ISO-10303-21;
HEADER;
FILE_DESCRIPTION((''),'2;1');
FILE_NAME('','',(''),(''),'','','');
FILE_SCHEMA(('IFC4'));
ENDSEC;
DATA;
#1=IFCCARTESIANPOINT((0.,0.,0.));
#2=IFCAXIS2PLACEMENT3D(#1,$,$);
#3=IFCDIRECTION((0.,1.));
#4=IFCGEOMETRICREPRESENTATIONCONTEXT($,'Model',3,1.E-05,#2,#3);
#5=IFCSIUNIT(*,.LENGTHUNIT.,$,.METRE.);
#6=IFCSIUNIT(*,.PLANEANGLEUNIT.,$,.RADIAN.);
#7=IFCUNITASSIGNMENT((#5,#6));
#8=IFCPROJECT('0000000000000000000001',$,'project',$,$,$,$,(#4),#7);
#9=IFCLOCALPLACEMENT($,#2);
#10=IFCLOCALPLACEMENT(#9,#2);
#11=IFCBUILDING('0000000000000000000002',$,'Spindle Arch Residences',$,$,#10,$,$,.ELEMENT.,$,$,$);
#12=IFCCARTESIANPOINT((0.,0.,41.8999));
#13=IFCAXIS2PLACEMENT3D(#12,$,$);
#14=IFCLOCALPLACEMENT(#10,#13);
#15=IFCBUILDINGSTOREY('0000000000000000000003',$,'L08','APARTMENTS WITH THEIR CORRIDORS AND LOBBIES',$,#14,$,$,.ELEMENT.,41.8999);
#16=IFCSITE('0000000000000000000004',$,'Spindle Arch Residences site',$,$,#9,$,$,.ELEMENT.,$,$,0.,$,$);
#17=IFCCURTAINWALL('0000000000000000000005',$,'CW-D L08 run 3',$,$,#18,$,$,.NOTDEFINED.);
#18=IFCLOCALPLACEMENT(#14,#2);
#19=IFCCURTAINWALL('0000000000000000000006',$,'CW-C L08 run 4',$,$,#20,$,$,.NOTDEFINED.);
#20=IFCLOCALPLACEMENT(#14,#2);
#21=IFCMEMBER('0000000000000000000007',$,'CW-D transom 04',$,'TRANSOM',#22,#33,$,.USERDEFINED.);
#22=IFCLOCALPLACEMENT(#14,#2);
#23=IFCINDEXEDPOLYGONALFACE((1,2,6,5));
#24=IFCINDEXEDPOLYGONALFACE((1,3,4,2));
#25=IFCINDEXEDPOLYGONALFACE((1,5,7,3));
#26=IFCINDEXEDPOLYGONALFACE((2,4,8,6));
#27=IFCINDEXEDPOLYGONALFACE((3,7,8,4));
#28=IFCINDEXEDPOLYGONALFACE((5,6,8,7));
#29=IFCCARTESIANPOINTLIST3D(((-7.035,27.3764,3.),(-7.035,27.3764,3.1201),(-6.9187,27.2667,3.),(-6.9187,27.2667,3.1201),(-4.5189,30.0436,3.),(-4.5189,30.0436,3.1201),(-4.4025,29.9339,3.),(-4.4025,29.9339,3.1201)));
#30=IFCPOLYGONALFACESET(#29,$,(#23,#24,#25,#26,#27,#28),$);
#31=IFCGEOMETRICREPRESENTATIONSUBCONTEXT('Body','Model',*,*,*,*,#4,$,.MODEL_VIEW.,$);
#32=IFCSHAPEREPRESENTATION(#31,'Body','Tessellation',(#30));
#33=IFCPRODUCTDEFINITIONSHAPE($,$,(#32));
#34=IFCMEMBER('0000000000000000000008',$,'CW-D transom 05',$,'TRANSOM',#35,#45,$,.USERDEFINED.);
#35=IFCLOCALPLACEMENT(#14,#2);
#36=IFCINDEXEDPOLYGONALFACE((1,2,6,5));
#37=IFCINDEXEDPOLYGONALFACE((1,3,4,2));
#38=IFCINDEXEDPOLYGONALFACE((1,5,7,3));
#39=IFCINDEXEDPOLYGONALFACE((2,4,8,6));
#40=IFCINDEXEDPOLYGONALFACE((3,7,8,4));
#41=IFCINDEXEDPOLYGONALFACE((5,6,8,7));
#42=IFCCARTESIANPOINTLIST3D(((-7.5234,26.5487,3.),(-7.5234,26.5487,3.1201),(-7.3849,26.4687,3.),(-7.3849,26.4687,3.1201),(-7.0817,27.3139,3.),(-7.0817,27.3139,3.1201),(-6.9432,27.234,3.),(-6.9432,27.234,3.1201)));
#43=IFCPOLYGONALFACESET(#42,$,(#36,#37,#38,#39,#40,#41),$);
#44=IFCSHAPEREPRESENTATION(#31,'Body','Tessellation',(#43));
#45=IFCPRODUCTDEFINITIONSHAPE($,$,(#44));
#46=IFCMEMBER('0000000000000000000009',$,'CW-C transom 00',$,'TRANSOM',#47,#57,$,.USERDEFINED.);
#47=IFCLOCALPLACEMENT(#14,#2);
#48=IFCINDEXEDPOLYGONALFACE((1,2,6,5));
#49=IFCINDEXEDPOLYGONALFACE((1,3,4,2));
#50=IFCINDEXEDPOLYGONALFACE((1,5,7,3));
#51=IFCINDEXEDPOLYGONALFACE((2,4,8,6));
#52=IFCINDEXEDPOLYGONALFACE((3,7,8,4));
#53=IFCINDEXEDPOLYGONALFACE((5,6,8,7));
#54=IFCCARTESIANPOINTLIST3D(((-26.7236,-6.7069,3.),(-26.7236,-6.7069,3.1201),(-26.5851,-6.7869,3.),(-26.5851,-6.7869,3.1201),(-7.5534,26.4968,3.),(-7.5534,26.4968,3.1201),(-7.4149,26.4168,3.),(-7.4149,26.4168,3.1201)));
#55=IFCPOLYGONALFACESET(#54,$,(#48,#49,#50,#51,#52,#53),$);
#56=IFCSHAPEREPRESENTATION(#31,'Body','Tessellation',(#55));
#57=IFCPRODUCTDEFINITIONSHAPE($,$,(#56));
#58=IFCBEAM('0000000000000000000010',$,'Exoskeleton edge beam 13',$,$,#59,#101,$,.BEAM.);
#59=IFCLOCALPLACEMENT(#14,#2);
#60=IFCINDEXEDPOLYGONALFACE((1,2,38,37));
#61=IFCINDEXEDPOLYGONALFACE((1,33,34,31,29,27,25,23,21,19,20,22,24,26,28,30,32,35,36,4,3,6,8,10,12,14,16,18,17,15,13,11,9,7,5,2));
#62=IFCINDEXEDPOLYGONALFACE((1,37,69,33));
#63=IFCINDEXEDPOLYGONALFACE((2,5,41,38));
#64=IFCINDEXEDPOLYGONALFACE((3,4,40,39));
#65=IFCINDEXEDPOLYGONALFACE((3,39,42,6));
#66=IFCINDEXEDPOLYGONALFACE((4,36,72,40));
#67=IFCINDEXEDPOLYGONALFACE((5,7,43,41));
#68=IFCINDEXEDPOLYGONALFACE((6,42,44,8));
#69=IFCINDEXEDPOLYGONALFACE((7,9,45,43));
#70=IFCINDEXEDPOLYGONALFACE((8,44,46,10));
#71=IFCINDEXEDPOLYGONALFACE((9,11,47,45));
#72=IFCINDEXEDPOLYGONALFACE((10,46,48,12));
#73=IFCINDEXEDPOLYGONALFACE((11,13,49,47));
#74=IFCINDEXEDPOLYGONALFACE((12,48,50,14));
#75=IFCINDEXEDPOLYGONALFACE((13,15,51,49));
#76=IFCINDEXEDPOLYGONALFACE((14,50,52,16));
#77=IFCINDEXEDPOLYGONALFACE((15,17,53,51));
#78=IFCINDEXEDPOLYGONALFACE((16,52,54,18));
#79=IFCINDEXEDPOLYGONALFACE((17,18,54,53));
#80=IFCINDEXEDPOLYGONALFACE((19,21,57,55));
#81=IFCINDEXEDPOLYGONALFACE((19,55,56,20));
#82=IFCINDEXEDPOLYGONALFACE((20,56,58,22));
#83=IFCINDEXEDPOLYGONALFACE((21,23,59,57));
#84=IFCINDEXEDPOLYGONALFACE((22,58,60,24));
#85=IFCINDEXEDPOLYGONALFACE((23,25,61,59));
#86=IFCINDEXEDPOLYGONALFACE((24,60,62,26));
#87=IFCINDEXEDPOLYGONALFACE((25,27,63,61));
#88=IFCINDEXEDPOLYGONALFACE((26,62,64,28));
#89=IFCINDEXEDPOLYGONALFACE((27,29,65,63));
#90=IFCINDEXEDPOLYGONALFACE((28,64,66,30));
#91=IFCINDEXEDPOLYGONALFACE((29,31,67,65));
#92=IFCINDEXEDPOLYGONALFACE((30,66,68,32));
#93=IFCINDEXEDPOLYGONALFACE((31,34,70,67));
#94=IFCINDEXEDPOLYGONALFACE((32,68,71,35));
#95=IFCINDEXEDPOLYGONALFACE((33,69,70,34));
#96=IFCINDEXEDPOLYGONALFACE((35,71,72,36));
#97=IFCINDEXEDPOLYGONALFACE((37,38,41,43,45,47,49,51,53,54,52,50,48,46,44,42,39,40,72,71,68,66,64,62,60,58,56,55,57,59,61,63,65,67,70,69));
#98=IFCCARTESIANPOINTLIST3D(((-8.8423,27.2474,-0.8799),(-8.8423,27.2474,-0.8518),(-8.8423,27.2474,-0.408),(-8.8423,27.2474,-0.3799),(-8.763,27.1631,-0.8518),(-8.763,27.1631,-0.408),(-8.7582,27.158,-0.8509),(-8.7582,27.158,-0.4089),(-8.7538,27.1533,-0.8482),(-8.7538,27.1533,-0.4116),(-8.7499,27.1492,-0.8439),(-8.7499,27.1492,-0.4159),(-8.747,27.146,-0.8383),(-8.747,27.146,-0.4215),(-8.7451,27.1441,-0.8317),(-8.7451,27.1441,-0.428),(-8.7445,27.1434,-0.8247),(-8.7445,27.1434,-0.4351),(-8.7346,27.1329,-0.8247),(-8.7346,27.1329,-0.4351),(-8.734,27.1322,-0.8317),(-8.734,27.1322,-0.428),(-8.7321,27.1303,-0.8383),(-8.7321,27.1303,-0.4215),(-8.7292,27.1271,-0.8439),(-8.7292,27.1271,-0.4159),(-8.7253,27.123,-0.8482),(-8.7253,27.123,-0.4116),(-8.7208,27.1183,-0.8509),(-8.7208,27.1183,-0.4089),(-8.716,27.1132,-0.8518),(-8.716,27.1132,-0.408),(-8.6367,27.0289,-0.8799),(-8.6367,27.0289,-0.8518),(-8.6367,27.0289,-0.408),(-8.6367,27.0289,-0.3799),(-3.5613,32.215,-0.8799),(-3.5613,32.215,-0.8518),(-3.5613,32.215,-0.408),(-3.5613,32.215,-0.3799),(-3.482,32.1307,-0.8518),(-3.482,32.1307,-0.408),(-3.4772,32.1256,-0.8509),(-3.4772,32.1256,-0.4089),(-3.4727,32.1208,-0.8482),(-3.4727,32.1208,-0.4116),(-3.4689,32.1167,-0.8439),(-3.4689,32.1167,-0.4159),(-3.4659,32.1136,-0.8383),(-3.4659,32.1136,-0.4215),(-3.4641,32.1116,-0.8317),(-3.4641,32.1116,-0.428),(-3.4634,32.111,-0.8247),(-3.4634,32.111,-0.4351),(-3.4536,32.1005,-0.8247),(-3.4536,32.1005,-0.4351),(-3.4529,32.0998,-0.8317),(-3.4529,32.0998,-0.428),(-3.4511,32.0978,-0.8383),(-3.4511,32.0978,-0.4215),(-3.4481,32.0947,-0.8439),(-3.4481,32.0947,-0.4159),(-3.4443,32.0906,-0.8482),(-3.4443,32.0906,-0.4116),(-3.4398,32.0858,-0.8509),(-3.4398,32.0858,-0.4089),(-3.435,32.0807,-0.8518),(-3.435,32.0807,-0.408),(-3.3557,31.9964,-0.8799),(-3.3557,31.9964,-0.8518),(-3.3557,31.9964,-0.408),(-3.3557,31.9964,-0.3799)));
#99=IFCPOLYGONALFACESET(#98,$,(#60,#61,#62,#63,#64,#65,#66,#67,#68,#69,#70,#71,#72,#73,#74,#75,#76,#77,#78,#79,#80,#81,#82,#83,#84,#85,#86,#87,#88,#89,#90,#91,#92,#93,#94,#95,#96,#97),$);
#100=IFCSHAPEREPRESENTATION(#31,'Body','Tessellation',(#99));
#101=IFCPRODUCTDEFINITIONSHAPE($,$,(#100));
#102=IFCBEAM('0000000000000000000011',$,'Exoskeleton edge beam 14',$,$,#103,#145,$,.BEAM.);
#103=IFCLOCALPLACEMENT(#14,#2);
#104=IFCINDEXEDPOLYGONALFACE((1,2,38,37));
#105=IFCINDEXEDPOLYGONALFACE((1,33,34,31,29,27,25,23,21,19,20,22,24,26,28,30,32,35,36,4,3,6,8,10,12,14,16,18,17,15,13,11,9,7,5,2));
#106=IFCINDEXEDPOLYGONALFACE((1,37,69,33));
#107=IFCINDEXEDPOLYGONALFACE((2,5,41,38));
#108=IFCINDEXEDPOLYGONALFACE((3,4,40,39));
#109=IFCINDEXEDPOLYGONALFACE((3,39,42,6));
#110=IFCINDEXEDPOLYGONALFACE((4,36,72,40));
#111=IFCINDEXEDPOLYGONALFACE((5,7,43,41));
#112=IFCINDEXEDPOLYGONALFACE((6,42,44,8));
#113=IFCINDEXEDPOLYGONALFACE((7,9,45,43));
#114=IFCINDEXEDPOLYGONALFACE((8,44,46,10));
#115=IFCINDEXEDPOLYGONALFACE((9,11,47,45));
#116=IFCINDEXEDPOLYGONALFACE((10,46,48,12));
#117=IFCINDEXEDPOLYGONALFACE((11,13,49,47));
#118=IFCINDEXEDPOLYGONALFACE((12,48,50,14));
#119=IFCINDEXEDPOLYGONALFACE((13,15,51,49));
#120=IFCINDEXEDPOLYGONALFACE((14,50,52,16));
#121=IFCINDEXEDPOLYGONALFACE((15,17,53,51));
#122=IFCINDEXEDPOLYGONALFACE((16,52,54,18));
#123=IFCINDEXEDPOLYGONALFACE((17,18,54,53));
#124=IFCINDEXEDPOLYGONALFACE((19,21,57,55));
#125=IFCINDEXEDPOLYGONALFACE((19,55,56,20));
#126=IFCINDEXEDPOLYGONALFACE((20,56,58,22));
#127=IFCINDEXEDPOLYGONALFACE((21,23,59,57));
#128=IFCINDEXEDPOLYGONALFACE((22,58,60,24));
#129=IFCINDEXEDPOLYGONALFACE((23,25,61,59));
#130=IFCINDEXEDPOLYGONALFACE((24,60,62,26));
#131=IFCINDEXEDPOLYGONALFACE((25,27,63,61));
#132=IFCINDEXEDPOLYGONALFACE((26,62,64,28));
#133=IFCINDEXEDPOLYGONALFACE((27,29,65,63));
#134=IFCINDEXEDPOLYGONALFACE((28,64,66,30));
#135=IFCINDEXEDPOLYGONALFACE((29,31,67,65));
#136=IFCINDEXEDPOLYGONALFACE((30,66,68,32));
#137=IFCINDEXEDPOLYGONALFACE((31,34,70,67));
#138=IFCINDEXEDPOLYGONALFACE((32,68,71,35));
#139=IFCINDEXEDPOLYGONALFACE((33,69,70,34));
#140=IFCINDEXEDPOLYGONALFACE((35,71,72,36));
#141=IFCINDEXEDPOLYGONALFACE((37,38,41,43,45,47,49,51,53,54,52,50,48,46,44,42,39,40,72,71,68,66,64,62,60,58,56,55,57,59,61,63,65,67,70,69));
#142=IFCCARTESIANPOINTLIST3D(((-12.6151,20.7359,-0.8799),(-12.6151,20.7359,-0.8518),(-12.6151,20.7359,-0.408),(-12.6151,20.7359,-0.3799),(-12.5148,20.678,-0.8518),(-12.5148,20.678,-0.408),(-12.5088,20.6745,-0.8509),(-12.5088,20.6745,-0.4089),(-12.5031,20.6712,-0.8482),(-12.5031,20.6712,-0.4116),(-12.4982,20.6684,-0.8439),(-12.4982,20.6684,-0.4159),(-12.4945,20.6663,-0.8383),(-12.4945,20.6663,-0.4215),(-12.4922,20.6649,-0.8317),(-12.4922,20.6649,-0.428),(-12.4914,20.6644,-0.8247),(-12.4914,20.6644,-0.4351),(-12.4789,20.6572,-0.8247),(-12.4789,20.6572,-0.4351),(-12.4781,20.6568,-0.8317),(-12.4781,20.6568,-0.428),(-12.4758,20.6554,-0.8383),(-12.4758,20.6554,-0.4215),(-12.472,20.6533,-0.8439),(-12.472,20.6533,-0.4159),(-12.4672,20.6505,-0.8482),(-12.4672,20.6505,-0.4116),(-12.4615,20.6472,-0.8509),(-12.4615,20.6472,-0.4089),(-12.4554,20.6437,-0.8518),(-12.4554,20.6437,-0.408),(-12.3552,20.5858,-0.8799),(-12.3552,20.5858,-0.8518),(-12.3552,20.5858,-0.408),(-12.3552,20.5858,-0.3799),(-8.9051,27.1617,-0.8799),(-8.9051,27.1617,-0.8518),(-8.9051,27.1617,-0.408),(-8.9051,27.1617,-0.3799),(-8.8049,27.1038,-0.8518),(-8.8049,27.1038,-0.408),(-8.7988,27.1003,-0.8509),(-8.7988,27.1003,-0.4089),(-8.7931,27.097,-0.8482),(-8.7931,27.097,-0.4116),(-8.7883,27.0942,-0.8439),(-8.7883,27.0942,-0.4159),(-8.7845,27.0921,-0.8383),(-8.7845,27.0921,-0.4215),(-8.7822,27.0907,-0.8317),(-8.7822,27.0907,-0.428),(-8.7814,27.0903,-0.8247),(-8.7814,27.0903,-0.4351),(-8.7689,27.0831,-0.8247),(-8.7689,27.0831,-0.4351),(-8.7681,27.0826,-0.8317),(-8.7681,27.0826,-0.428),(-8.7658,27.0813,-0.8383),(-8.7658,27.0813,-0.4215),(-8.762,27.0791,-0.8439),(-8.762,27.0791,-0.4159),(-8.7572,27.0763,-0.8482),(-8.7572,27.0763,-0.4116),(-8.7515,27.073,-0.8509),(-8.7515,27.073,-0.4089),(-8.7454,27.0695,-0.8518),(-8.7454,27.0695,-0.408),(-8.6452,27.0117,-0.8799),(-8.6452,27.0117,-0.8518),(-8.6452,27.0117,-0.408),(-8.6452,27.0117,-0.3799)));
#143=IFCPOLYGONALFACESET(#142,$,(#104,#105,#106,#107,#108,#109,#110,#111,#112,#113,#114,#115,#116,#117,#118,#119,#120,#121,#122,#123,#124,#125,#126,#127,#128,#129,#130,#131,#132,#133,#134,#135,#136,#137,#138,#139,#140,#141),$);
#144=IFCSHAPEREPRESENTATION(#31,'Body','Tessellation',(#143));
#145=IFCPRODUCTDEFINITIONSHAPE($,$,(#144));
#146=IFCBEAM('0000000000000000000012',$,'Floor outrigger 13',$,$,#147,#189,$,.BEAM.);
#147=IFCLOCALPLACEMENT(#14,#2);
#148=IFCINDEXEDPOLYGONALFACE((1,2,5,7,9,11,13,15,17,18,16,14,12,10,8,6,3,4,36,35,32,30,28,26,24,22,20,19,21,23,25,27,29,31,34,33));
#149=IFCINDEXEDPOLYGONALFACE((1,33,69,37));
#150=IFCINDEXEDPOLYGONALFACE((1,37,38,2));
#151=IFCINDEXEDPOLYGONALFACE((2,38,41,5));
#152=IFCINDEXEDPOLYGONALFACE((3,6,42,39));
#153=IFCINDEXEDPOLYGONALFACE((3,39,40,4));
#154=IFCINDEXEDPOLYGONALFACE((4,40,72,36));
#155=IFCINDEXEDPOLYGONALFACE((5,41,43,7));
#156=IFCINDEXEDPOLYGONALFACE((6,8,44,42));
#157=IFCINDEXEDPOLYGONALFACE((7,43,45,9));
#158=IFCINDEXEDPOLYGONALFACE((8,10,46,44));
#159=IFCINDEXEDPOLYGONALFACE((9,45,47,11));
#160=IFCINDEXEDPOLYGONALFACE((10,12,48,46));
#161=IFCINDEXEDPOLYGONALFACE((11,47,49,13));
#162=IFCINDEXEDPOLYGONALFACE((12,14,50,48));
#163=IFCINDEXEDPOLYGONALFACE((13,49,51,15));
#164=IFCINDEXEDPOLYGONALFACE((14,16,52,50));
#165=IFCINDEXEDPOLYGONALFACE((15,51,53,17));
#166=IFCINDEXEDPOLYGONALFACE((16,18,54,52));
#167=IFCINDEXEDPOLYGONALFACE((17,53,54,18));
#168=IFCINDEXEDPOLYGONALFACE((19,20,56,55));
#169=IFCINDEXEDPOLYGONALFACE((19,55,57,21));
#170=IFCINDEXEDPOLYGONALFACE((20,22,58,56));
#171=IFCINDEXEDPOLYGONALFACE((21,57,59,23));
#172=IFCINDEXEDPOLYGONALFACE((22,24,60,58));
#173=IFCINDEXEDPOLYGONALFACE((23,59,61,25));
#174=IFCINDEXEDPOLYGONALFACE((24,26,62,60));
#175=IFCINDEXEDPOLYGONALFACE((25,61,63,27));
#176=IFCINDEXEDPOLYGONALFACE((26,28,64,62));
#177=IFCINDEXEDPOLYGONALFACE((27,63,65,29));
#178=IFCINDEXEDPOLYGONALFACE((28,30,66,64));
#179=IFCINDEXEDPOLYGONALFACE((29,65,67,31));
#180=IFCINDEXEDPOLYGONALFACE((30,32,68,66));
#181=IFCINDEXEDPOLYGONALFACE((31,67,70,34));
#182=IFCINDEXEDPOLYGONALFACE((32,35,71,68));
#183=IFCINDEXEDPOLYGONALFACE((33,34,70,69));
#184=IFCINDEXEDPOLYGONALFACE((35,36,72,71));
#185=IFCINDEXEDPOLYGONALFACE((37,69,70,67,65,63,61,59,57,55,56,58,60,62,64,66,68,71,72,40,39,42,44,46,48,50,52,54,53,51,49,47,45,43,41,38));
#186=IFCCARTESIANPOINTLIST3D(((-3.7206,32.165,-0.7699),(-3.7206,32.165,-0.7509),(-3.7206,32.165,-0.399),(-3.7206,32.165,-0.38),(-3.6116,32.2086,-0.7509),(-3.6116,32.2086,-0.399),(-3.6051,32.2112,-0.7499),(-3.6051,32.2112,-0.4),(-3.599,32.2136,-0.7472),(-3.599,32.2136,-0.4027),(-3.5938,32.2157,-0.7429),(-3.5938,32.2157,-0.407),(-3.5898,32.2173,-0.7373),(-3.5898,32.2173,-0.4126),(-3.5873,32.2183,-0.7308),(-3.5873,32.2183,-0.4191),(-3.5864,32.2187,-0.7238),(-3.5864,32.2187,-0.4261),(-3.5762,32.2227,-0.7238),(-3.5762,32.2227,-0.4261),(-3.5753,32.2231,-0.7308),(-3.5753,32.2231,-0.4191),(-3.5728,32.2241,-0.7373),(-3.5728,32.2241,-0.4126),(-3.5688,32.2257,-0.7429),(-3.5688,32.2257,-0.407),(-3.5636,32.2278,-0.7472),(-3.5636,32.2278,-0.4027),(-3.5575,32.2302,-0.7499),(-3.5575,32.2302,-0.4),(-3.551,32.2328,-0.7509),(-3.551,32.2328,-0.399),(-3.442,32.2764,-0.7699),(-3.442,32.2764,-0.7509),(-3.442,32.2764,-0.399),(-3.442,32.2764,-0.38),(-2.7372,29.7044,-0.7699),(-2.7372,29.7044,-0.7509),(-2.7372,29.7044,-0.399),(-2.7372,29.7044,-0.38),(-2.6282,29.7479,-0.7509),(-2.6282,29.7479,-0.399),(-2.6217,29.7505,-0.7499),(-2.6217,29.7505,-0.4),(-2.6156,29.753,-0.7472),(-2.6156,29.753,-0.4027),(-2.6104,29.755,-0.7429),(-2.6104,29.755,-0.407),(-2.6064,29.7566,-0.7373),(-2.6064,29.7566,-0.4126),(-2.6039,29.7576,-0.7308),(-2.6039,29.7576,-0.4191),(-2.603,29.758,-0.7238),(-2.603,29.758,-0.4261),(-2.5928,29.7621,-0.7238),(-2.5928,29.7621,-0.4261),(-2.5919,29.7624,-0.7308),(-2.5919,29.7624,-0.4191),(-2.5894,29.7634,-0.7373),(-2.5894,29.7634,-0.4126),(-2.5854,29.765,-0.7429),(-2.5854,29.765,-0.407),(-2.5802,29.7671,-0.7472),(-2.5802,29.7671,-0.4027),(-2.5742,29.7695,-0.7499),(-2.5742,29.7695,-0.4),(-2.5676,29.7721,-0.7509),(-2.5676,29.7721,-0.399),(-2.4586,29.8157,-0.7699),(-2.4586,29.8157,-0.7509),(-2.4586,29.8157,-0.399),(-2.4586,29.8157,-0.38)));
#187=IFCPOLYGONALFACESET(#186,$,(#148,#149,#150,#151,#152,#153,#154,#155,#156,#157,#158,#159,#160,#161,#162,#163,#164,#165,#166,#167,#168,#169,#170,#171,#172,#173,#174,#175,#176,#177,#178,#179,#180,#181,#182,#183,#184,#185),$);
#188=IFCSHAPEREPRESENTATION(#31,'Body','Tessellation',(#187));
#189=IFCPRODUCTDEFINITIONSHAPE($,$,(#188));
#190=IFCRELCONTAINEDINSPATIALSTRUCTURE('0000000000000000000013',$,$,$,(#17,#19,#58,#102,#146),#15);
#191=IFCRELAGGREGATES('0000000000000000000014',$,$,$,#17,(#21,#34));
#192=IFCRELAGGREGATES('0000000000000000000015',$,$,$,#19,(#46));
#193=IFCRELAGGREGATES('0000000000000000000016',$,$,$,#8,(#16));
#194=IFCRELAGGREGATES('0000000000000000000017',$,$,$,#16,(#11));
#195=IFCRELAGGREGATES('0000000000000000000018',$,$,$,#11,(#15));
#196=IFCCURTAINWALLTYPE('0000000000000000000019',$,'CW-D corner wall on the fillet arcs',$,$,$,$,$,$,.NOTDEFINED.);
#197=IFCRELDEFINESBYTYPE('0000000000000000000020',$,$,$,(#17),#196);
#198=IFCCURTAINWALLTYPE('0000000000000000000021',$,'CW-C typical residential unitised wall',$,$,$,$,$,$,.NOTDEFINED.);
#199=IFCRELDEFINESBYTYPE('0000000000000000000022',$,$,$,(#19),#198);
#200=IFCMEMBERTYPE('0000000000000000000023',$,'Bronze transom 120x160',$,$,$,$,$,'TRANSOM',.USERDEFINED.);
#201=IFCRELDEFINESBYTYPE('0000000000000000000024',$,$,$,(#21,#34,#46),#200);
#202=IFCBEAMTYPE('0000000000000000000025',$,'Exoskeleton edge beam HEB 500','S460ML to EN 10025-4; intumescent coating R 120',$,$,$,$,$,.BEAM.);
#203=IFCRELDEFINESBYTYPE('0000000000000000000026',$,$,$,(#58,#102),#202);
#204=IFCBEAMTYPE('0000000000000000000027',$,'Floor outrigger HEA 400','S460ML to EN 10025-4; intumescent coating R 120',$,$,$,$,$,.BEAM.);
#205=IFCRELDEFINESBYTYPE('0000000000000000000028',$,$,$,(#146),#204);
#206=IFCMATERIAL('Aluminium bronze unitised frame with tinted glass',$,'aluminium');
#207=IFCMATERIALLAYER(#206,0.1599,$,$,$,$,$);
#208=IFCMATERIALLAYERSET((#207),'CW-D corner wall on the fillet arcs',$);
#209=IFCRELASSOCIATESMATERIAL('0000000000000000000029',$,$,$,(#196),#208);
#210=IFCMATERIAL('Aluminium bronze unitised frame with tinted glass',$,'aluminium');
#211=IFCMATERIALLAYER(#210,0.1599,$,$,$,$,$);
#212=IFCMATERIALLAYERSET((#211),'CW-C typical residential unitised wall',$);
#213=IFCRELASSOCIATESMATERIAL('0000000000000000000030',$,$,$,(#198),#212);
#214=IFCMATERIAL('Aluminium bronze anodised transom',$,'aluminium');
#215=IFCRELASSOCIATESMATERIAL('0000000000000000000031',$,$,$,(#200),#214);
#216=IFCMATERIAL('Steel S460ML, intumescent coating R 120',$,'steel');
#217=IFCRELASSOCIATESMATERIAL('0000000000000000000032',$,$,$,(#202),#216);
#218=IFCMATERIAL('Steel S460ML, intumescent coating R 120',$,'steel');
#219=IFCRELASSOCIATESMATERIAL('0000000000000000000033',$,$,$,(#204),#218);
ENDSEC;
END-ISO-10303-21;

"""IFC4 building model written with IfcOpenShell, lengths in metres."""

from ifc_helpers import new_model, si_unit, direction, frame, origin, origin_2d, place, context, subcontext, project, spatial, rectangle, i_section, extrude, material, layer, layer_set, material_profile, profile_set, type_object, element, aggregate, save


model = new_model("IFC4")

# Units and contexts
model_context = context("Model", 3, precision=1e-05, world=origin(), true_north=direction((0.0, 1.0)))
body_context = subcontext(model_context, "Body", "Model", "MODEL_VIEW")
ifc_project = project(units=[si_unit("LENGTHUNIT", "METRE"), si_unit("PLANEANGLEUNIT", "RADIAN")], contexts=[model_context])

# Site, building, storey
site_placement = place(None, origin())
site = spatial("IfcSite", under=ifc_project, at=site_placement, Name="Spindle Arch Residences site", CompositionType="ELEMENT", RefElevation=0.0)
building_placement = place(site_placement, origin())
building = spatial("IfcBuilding", under=site, at=building_placement, Name="Spindle Arch Residences", CompositionType="ELEMENT")
storey_placement = place(building_placement, frame((0.0, 0.0, 41.8999)))
storey = spatial("IfcBuildingStorey", under=building, at=storey_placement, Name="L08", Description="APARTMENTS WITH THEIR CORRIDORS AND LOBBIES", CompositionType="ELEMENT", Elevation=41.8999)

# Curtain wall
ifc_material_1 = material(Name="Aluminium bronze unitised frame with tinted glass", Category="aluminium")
ifc_layer_1 = layer(ifc_material_1, 0.1599)
ifc_layer_set_1 = layer_set([ifc_layer_1], Name="CW-D corner wall on the fillet arcs")
curtain_wall_type_1 = type_object("IfcCurtainWallType", Name="CW-D corner wall on the fillet arcs", PredefinedType="NOTDEFINED", material=ifc_layer_set_1)
curtain_wall_1_placement = place(storey_placement, origin())
curtain_wall_1 = element("IfcCurtainWall", 1, at=curtain_wall_1_placement, inside=storey, type_object=curtain_wall_type_1, Name="CW-D L08 run 3", PredefinedType="NOTDEFINED")

# Curtain wall
ifc_material_2 = material(Name="Aluminium bronze unitised frame with tinted glass", Category="aluminium")
ifc_layer_2 = layer(ifc_material_2, 0.1599)
ifc_layer_set_2 = layer_set([ifc_layer_2], Name="CW-C typical residential unitised wall")
curtain_wall_type_2 = type_object("IfcCurtainWallType", Name="CW-C typical residential unitised wall", PredefinedType="NOTDEFINED", material=ifc_layer_set_2)
curtain_wall_2_placement = place(storey_placement, origin())
curtain_wall_2 = element("IfcCurtainWall", 2, at=curtain_wall_2_placement, inside=storey, type_object=curtain_wall_type_2, Name="CW-C L08 run 4", PredefinedType="NOTDEFINED")

# Members
ifc_material_3 = material(Name="Aluminium bronze anodised transom", Category="aluminium")
ifc_material_profile_1 = material_profile(ifc_material_3, rectangle(XDim=0.1599, YDim=0.1201, at=origin_2d()), Name="TR 120x160")
ifc_profile_set_1 = profile_set([ifc_material_profile_1], Name="Aluminium bronze anodised transom")
member_type_1 = type_object("IfcMemberType", Name="Bronze transom 120x160", ElementType="TRANSOM", PredefinedType="USERDEFINED", material=ifc_profile_set_1)
member_1_placement = place(storey_placement, frame((-4.4607, 29.9888, 3.0601), z_axis=(-0.686199, -0.727414, 0.0), x_axis=(0.727414, -0.686199, 0.0)))
member_1 = element("IfcMember", 3, at=member_1_placement, type_object=member_type_1, Name="CW-D transom 04", ObjectType="TRANSOM", PredefinedType="USERDEFINED", context=body_context, shape_type="SweptSolid", body=[
    extrude(rectangle(XDim=0.1599, YDim=0.1201, at=origin_2d()), origin(), (0.0, 0.0, 1.0), 3.6667),
])
member_2_placement = place(storey_placement, frame((-7.0125, 27.2739, 3.0601), z_axis=(-0.499914, -0.866075, 0.0), x_axis=(0.866075, -0.499914, 0.0)))
member_2 = element("IfcMember", 4, at=member_2_placement, type_object=member_type_1, Name="CW-D transom 05", ObjectType="TRANSOM", PredefinedType="USERDEFINED", context=body_context, shape_type="SweptSolid", body=[
    extrude(rectangle(XDim=0.1599, YDim=0.1201, at=origin_2d()), origin(), (0.0, 0.0, 1.0), 0.8835),
])
member_3_placement = place(storey_placement, frame((-7.4841, 26.4568, 3.0601), z_axis=(-0.500001, -0.866025, 0.0), x_axis=(0.866025, -0.500001, 0.0)))
member_3 = element("IfcMember", 5, at=member_3_placement, type_object=member_type_1, Name="CW-C transom 00", ObjectType="TRANSOM", PredefinedType="USERDEFINED", context=body_context, shape_type="SweptSolid", body=[
    extrude(rectangle(XDim=0.1599, YDim=0.1201, at=origin_2d()), origin(), (0.0, 0.0, 1.0), 38.3403),
])

# Beams
ifc_material_4 = material(Name="Steel S460ML, intumescent coating R 120", Category="steel")
ifc_material_profile_2 = material_profile(ifc_material_4, i_section(OverallWidth=0.3, OverallDepth=0.5, WebThickness=0.0144, FlangeThickness=0.0281, FilletRadius=0.0271, at=origin_2d()), Name="HEB 500")
ifc_profile_set_2 = profile_set([ifc_material_profile_2], Name="Steel S460ML, intumescent coating R 120")
beam_type_1 = type_object("IfcBeamType", Name="Exoskeleton edge beam HEB 500", Description="S460ML to EN 10025-4; intumescent coating R 120", PredefinedType="BEAM", material=ifc_profile_set_2)
beam_1_placement = place(storey_placement, frame((-3.4585, 32.1057, -0.6299), z_axis=(-0.728395, -0.685158, 0.0), x_axis=(0.685158, -0.728395, 0.0)))
element("IfcBeam", 6, at=beam_1_placement, inside=storey, type_object=beam_type_1, Name="Exoskeleton edge beam 13", PredefinedType="BEAM", context=body_context, shape_type="SweptSolid", body=[
    extrude(i_section(OverallWidth=0.3, OverallDepth=0.5, WebThickness=0.0144, FlangeThickness=0.0281, FilletRadius=0.0271, at=origin_2d()), origin(), (0.0, 0.0, 1.0), 7.2502),
])
beam_2_placement = place(storey_placement, frame((-8.7751, 27.0867, -0.6299), z_axis=(-0.500003, -0.866023, 0.0), x_axis=(0.866023, -0.500003, 0.0)))
element("IfcBeam", 7, at=beam_2_placement, inside=storey, type_object=beam_type_1, Name="Exoskeleton edge beam 14", PredefinedType="BEAM", context=body_context, shape_type="SweptSolid", body=[
    extrude(i_section(OverallWidth=0.3, OverallDepth=0.5, WebThickness=0.0144, FlangeThickness=0.0281, FilletRadius=0.0271, at=origin_2d()), origin(), (0.0, 0.0, 1.0), 7.4199),
])
ifc_material_5 = material(Name="Steel S460ML, intumescent coating R 120", Category="steel")
ifc_material_profile_3 = material_profile(ifc_material_5, i_section(OverallWidth=0.3, OverallDepth=0.3899, WebThickness=0.011, FlangeThickness=0.019, FilletRadius=0.0271, at=origin_2d()), Name="HEA 400")
ifc_profile_set_3 = profile_set([ifc_material_profile_3], Name="Steel S460ML, intumescent coating R 120")
beam_type_2 = type_object("IfcBeamType", Name="Floor outrigger HEA 400", Description="S460ML to EN 10025-4; intumescent coating R 120", PredefinedType="BEAM", material=ifc_profile_set_3)
beam_3_placement = place(storey_placement, frame((-3.5813, 32.2207, -0.575), z_axis=(0.371105, -0.928591, 0.0), x_axis=(0.928591, 0.371105, 0.0)))
element("IfcBeam", 8, at=beam_3_placement, inside=storey, type_object=beam_type_2, Name="Floor outrigger 13", PredefinedType="BEAM", context=body_context, shape_type="SweptSolid", body=[
    extrude(i_section(OverallWidth=0.3, OverallDepth=0.3899, WebThickness=0.011, FlangeThickness=0.019, FilletRadius=0.0271, at=origin_2d()), origin(), (0.0, 0.0, 1.0), 2.6499),
])

aggregate(curtain_wall_1, [member_1, member_2])
aggregate(curtain_wall_2, [member_3])

save(model, "model.ifc")
